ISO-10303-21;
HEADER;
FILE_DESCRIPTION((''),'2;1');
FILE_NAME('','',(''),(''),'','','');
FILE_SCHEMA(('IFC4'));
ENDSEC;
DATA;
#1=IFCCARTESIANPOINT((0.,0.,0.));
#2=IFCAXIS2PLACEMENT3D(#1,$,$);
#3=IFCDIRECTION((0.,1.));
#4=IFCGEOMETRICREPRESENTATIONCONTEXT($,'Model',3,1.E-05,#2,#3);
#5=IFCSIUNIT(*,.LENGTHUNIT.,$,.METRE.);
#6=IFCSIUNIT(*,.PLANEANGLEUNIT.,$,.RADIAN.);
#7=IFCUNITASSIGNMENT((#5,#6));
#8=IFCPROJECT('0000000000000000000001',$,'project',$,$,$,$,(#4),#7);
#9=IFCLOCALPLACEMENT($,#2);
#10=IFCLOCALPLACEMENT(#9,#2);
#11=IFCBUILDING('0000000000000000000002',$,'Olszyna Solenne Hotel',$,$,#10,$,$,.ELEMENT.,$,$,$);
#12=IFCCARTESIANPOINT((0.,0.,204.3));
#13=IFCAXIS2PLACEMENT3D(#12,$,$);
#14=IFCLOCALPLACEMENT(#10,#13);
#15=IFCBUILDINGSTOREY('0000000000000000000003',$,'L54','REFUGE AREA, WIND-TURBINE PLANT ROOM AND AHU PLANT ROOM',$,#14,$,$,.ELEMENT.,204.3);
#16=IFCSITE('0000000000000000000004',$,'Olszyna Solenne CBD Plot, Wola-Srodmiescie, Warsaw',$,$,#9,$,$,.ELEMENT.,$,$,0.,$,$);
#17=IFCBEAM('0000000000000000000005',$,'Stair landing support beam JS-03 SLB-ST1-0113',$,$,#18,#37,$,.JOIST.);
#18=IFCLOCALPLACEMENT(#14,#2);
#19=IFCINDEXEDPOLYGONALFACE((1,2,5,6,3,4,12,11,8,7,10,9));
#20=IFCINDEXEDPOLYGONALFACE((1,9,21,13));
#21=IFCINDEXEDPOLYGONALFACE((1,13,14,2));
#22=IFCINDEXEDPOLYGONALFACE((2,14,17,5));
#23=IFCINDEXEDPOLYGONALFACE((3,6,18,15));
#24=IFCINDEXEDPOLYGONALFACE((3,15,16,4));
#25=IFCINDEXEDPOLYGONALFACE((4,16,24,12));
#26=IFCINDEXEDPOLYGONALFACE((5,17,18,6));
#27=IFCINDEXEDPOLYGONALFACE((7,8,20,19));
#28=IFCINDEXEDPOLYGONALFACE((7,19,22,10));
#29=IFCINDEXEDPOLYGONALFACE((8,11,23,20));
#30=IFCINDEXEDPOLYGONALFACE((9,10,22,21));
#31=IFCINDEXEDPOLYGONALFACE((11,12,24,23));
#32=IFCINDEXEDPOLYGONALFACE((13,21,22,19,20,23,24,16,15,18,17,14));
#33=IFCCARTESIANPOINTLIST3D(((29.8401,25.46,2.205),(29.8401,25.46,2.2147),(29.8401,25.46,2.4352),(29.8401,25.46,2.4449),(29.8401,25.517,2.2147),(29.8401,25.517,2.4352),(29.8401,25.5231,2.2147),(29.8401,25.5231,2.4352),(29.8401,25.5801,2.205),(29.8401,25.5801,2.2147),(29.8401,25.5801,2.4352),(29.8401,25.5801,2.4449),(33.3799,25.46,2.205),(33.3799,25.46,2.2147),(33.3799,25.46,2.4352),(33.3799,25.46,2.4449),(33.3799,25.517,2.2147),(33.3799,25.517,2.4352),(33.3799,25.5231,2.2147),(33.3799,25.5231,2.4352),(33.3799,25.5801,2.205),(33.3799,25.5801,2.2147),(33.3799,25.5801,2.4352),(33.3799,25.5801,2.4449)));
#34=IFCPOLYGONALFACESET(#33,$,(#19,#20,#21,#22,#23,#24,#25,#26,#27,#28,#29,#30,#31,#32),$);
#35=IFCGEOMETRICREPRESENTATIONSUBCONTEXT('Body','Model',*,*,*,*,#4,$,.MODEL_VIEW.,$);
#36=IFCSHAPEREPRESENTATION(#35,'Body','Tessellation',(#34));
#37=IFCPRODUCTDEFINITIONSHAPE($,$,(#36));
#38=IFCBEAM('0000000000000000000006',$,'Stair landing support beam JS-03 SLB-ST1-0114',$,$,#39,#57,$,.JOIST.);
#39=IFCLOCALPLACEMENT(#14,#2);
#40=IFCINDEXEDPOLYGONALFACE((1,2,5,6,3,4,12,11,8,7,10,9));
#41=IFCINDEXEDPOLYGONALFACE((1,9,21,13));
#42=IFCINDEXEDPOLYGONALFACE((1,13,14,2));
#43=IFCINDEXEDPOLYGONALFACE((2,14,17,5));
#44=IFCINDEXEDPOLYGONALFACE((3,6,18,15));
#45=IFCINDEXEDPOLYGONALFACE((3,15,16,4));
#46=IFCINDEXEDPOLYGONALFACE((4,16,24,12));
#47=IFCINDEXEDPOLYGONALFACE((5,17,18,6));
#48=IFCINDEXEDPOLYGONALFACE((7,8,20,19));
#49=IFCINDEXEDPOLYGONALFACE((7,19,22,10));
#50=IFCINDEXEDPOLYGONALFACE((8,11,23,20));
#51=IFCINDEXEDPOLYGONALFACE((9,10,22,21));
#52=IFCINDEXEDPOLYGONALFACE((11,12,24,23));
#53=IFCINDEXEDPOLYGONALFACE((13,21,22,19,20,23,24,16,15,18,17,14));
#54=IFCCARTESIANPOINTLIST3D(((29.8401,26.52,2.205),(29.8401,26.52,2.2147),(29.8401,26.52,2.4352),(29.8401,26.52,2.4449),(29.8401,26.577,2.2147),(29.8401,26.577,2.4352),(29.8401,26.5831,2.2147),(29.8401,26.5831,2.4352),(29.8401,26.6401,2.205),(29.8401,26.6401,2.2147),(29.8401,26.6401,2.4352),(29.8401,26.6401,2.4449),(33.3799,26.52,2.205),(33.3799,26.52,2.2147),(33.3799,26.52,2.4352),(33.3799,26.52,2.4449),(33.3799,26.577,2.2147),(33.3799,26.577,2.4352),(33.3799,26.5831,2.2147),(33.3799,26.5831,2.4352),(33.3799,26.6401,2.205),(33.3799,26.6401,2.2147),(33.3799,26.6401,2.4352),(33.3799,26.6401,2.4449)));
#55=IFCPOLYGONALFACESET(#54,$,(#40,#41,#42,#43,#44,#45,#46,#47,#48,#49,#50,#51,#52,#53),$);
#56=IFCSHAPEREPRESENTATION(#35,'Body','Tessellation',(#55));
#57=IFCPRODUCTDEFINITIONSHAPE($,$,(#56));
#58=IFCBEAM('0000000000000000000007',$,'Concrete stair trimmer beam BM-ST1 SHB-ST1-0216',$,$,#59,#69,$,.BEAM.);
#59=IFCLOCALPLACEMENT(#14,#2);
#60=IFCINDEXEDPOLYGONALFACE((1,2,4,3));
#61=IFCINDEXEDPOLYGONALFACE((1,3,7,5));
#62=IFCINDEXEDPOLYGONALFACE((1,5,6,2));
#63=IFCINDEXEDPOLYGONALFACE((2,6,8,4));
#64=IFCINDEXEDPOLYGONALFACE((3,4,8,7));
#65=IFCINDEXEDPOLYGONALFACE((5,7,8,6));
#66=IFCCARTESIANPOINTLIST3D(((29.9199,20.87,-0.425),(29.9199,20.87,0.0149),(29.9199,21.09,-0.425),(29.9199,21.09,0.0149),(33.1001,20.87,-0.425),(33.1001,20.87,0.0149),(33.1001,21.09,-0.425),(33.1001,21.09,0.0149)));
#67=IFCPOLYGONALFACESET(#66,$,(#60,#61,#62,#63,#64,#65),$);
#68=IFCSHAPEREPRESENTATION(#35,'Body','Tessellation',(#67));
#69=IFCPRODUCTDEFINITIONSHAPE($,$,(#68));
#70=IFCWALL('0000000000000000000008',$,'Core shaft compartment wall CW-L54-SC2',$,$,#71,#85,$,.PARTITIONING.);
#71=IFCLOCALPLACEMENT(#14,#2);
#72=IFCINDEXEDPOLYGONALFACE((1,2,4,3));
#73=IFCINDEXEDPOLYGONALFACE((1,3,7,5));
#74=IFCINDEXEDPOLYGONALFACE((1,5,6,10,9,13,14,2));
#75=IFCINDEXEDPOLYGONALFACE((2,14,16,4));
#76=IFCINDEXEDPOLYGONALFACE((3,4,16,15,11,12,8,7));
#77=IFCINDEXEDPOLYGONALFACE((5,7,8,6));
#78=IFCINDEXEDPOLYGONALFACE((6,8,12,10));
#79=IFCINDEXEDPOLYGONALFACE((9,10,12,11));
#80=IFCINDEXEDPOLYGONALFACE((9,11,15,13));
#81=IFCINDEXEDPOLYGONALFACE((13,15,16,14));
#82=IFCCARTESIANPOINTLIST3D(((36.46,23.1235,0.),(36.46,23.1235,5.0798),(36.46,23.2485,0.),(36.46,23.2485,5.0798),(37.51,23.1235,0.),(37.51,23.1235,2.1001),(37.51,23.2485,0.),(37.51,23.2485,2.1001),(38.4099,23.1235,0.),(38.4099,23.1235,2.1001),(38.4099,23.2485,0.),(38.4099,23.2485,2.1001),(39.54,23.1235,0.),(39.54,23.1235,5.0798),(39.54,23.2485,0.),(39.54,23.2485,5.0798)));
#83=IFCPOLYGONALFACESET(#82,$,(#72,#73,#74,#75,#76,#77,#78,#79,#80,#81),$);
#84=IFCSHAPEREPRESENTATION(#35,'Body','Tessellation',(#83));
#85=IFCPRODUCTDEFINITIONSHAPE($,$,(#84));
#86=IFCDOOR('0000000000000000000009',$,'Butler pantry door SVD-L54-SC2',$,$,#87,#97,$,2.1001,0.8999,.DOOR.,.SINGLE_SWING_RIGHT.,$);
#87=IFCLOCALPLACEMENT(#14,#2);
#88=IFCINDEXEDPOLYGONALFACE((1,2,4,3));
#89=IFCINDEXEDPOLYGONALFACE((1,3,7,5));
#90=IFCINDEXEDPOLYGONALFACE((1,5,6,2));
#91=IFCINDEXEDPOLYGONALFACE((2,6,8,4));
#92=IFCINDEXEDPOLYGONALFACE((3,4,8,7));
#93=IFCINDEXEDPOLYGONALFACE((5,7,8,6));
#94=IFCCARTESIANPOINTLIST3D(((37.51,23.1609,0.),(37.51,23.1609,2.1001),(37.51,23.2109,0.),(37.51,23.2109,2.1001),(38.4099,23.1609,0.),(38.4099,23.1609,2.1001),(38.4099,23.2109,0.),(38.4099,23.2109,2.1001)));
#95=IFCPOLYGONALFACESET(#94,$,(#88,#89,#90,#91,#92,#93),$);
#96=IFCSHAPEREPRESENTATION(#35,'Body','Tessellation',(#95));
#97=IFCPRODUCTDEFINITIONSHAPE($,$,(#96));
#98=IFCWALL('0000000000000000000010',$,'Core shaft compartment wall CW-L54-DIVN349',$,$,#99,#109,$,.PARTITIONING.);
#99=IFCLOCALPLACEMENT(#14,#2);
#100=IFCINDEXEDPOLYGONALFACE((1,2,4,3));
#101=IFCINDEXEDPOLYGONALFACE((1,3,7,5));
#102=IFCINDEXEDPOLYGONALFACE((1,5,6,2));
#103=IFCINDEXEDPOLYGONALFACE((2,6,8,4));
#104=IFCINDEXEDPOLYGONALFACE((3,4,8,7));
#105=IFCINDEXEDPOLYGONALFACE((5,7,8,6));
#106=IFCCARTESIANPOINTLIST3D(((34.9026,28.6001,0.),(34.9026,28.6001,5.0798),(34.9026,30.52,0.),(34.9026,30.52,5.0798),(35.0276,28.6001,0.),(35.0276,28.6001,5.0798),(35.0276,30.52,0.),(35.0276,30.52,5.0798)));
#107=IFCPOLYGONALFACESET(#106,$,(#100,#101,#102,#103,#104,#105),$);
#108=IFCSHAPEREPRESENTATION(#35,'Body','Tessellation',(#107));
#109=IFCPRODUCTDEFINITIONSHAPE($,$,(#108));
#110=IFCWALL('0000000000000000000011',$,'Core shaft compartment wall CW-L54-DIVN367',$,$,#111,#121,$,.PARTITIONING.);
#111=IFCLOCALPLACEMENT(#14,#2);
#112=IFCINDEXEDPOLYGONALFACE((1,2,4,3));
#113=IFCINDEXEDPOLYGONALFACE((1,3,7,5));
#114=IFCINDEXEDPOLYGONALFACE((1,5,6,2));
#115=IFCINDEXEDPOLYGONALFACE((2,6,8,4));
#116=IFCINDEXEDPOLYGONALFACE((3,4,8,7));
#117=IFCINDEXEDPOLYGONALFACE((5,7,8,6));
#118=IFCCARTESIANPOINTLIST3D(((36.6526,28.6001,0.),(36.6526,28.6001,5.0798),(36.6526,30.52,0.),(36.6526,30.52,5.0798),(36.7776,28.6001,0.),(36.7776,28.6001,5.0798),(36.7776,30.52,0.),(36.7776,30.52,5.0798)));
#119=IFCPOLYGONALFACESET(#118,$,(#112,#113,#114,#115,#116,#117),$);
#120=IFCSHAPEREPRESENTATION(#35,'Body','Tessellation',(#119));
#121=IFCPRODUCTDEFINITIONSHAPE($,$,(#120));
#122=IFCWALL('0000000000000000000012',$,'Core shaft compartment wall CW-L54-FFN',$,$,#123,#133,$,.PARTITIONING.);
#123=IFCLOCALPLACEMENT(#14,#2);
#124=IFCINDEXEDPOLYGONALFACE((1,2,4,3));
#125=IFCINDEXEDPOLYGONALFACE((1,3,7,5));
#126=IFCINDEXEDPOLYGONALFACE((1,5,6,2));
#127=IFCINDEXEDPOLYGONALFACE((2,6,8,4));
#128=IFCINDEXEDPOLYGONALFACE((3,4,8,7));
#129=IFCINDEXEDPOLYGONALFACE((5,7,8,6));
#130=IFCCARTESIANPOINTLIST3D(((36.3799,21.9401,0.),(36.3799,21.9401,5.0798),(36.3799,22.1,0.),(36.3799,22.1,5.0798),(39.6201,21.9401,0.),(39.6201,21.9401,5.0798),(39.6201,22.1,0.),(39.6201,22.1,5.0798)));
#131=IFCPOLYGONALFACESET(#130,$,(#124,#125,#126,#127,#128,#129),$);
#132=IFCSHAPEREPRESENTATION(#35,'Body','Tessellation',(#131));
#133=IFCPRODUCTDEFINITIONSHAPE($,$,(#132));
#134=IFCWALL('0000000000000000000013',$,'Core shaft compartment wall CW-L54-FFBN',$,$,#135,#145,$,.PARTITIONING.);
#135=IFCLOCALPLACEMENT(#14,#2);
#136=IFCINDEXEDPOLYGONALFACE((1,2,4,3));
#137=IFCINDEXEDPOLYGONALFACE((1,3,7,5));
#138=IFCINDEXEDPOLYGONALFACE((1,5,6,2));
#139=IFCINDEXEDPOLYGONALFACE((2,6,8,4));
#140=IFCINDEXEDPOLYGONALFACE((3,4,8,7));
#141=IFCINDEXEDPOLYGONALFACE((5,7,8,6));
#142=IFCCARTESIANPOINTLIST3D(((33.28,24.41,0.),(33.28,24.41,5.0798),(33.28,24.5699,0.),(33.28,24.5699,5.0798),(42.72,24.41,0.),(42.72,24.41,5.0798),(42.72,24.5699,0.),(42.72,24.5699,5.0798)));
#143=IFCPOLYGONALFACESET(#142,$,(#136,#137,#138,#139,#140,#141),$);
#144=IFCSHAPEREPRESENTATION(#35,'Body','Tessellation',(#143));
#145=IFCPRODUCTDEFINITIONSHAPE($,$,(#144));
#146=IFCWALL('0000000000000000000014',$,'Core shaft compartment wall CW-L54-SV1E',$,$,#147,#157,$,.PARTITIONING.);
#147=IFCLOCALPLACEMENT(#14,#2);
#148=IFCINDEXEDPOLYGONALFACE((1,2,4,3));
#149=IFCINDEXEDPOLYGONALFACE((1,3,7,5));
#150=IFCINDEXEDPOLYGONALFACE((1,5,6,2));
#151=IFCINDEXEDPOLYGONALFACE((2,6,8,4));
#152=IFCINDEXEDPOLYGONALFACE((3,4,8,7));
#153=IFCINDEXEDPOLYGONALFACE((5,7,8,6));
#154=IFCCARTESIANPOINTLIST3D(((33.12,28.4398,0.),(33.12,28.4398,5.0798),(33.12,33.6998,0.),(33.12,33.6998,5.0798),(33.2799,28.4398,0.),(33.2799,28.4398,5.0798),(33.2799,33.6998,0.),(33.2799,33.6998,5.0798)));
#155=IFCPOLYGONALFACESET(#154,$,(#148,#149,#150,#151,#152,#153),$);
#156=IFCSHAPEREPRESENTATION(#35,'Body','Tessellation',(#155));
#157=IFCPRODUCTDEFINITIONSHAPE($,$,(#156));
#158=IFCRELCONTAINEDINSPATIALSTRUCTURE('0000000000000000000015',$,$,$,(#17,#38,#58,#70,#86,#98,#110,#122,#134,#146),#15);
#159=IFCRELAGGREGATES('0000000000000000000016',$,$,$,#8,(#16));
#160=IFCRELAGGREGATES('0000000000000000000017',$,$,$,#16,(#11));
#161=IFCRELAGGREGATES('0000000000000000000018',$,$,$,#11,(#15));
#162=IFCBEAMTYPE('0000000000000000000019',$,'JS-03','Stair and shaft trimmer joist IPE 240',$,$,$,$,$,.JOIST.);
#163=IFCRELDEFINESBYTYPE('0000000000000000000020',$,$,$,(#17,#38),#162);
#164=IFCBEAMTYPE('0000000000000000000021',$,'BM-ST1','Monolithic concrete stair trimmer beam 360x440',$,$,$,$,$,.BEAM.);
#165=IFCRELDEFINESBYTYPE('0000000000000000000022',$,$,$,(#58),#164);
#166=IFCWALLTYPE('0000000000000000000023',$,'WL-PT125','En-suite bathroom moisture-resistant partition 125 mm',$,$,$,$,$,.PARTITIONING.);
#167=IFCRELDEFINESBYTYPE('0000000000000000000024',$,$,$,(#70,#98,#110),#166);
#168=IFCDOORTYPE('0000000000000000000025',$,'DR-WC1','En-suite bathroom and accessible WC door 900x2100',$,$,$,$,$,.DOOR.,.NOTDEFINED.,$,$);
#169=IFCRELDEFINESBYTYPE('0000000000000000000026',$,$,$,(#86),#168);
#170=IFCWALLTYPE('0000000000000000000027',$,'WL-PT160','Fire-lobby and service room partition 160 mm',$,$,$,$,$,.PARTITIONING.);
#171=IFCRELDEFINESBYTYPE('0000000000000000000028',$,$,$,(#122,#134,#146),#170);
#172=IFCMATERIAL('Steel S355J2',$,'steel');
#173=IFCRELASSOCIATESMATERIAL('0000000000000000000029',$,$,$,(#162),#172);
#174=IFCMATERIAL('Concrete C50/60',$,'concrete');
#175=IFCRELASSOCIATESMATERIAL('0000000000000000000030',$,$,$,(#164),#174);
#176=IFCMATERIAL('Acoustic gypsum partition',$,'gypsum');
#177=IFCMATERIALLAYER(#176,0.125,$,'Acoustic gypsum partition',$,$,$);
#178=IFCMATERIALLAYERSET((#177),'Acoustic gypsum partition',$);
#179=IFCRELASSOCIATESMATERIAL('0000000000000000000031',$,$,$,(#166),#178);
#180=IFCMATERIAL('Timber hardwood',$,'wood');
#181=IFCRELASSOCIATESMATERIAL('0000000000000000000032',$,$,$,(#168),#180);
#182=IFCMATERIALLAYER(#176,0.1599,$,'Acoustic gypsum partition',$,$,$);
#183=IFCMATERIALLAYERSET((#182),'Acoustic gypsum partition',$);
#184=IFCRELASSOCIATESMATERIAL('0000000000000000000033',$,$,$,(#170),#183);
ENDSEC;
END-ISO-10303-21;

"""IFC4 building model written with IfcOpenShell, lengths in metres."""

from ifc_helpers import new_model, si_unit, direction, frame, frame_2d, origin, origin_2d, place, context, subcontext, project, spatial, rectangle, i_section, extrude, source, transform, mapped, material, layer, layer_set, material_profile, profile_set, type_object, type_shapes, element, fill, save


model = new_model("IFC4")

# Units and contexts
model_context = context("Model", 3, precision=1e-05, world=origin(), true_north=direction((0.0, 1.0)))
body_context = subcontext(model_context, "Body", "Model", "MODEL_VIEW")
ifc_project = project(units=[si_unit("LENGTHUNIT", "METRE"), si_unit("PLANEANGLEUNIT", "RADIAN")], contexts=[model_context])

# Site, building, storey
site_placement = place(None, origin())
site = spatial("IfcSite", under=ifc_project, at=site_placement, Name="Olszyna Solenne CBD Plot, Wola-Srodmiescie, Warsaw", CompositionType="ELEMENT", RefElevation=0.0)
building_placement = place(site_placement, origin())
building = spatial("IfcBuilding", under=site, at=building_placement, Name="Olszyna Solenne Hotel", CompositionType="ELEMENT")
storey_placement = place(building_placement, frame((0.0, 0.0, 204.3)))
storey = spatial("IfcBuildingStorey", under=building, at=storey_placement, Name="L54", Description="REFUGE AREA, WIND-TURBINE PLANT ROOM AND AHU PLANT ROOM", CompositionType="ELEMENT", Elevation=204.3)

# Beams
ifc_material_1 = material(Name="Steel S355J2", Category="steel")
ifc_material_profile_1 = material_profile(ifc_material_1, i_section(OverallWidth=0.1201, OverallDepth=0.24, WebThickness=0.0061, FlangeThickness=0.0098, at=origin_2d()), Name="IPE 240", Category="load-bearing")
ifc_profile_set_1 = profile_set([ifc_material_profile_1], Name="Steel S355J2")
beam_type_1 = type_object("IfcBeamType", Name="JS-03", Description="Stair and shaft trimmer joist IPE 240", PredefinedType="JOIST", material=ifc_profile_set_1)
shared_shape_1 = source(origin(), body_context, "Body", "SweptSolid", [
    extrude(i_section(OverallWidth=0.1201, OverallDepth=0.24, WebThickness=0.0061, FlangeThickness=0.0098, at=origin_2d()), origin(), (0.0, 0.0, 1.0), 3.5398),
])
for number, where, z_axis, x_axis, name in (
    (1, (33.3799, 25.52, 2.325), (-1.0, 0.0, 0.0), (0.0, -1.0, 0.0), "Stair landing support beam JS-03 SLB-ST1-0113"),
    (2, (33.3799, 26.5801, 2.325), (-1.0, 0.0, 0.0), (0.0, -1.0, 0.0), "Stair landing support beam JS-03 SLB-ST1-0114"),
):
    element("IfcBeam", number, at=place(storey_placement, frame(where, z_axis=z_axis, x_axis=x_axis)), inside=storey, type_object=beam_type_1, Name=name, PredefinedType="JOIST", context=body_context, shape_type="MappedRepresentation", body=[
        mapped(shared_shape_1, transform((0.0, 0.0, 0.0), x_axis=(1.0, 0.0, 0.0), y_axis=(0.0, 1.0, 0.0), z_axis=(0.0, 0.0, 1.0), scale=1.0)),
    ])
ifc_material_2 = material(Name="Concrete C50/60", Category="concrete")
ifc_material_profile_2 = material_profile(ifc_material_2, rectangle(XDim=0.22, YDim=0.4399, at=origin_2d()), Name="RC 220x440", Category="load-bearing")
ifc_profile_set_2 = profile_set([ifc_material_profile_2], Name="Concrete C50/60")
beam_type_2 = type_object("IfcBeamType", Name="BM-ST1", Description="Monolithic concrete stair trimmer beam 360x440", PredefinedType="BEAM", material=ifc_profile_set_2)
shared_shape_2 = source(origin(), body_context, "Body", "SweptSolid", [
    extrude(rectangle(XDim=0.22, YDim=0.4399, at=origin_2d()), origin(), (0.0, 0.0, 1.0), 3.1802),
])
beam_placement = place(storey_placement, frame((33.1001, 20.98, -0.2051), z_axis=(-1.0, 0.0, 0.0), x_axis=(0.0, -1.0, 0.0)))
element("IfcBeam", 3, at=beam_placement, inside=storey, type_object=beam_type_2, Name="Concrete stair trimmer beam BM-ST1 SHB-ST1-0216", PredefinedType="BEAM", context=body_context, shape_type="MappedRepresentation", body=[
    mapped(shared_shape_2, transform((0.0, 0.0, 0.0), x_axis=(1.0, 0.0, 0.0), y_axis=(0.0, 1.0, 0.0), z_axis=(0.0, 0.0, 1.0), scale=1.0)),
])

# Wall, opening, door
ifc_material_3 = material(Name="Acoustic gypsum partition", Category="gypsum")
ifc_layer_1 = layer(ifc_material_3, 0.125, Name="Acoustic gypsum partition")
ifc_layer_set_1 = layer_set([ifc_layer_1], Name="Acoustic gypsum partition")
wall_type_1 = type_object("IfcWallType", Name="WL-PT125", Description="En-suite bathroom moisture-resistant partition 125 mm", PredefinedType="PARTITIONING", material=ifc_layer_set_1)
wall_1_placement = place(storey_placement, frame((36.46, 23.186, 0.0), z_axis=(0.0, 0.0, 1.0), x_axis=(1.0, 0.0, 0.0)))
wall_1 = element("IfcWall", 4, at=wall_1_placement, inside=storey, type_object=wall_type_1, Name="Core shaft compartment wall CW-L54-SC2", PredefinedType="PARTITIONING", context=body_context, shape_type="SweptSolid", body=[
    extrude(rectangle(XDim=3.0801, YDim=0.125, at=frame_2d((1.54, 0.0))), origin(), (0.0, 0.0, 1.0), 5.0798),
])
opening_1_placement = place(wall_1_placement, frame((1.05, 0.0, 0.0)))
opening_1 = element("IfcOpeningElement", 5, at=opening_1_placement, cuts=wall_1, PredefinedType="OPENING", context=body_context, shape_type="SweptSolid", body=[
    extrude(rectangle(XDim=0.8999, YDim=2.1001, at=frame_2d((0.45, 1.05))), frame((0.0, 0.0725, 0.0), z_axis=(0.0, -1.0, 0.0), x_axis=(1.0, 0.0, 0.0)), (0.0, 0.0, 1.0), 0.145),
])
ifc_material_4 = material(Name="Timber hardwood", Category="wood")
door_type_1 = type_object("IfcDoorType", Name="DR-WC1", Description="En-suite bathroom and accessible WC door 900x2100", OperationType="NOTDEFINED", PredefinedType="DOOR", material=ifc_material_4)
shared_shape_3 = source(origin(), body_context, "Body", "SweptSolid", [
    extrude(rectangle(XDim=0.8999, YDim=2.1001, at=frame_2d((0.45, 1.05))), frame((0.0, 0.0249, 0.0), z_axis=(0.0, -1.0, 0.0), x_axis=(1.0, 0.0, 0.0)), (0.0, 0.0, 1.0), 0.05),
])
type_shapes(door_type_1, [shared_shape_3])
door_1_placement = place(opening_1_placement, origin())
door_1 = element("IfcDoor", 6, at=door_1_placement, inside=storey, type_object=door_type_1, Name="Butler pantry door SVD-L54-SC2", OperationType="SINGLE_SWING_RIGHT", OverallHeight=2.1001, OverallWidth=0.8999, PredefinedType="DOOR", context=body_context, shape_type="MappedRepresentation", body=[
    mapped(shared_shape_3, transform((0.0, 0.0, 0.0), x_axis=(1.0, 0.0, 0.0), y_axis=(0.0, 1.0, 0.0), z_axis=(0.0, 0.0, 1.0), scale=1.0)),
])
fill(opening_1, door_1)

# Walls
for number, where, z_axis, x_axis, name in (
    (7, (34.9651, 28.6001, 0.0), (0.0, 0.0, 1.0), (0.0, 1.0, 0.0), "Core shaft compartment wall CW-L54-DIVN349"),
    (8, (36.7151, 28.6001, 0.0), (0.0, 0.0, 1.0), (0.0, 1.0, 0.0), "Core shaft compartment wall CW-L54-DIVN367"),
):
    element("IfcWall", number, at=place(storey_placement, frame(where, z_axis=z_axis, x_axis=x_axis)), inside=storey, type_object=wall_type_1, Name=name, PredefinedType="PARTITIONING", context=body_context, shape_type="SweptSolid", body=[
        extrude(rectangle(XDim=1.9199, YDim=0.125, at=frame_2d((0.96, 0.0))), origin(), (0.0, 0.0, 1.0), 5.0798),
    ])
ifc_layer_2 = layer(ifc_material_3, 0.1599, Name="Acoustic gypsum partition")
ifc_layer_set_2 = layer_set([ifc_layer_2], Name="Acoustic gypsum partition")
wall_type_2 = type_object("IfcWallType", Name="WL-PT160", Description="Fire-lobby and service room partition 160 mm", PredefinedType="PARTITIONING", material=ifc_layer_set_2)
wall_2_placement = place(storey_placement, frame((36.3799, 22.02, 0.0), z_axis=(0.0, 0.0, 1.0), x_axis=(1.0, 0.0, 0.0)))
element("IfcWall", 9, at=wall_2_placement, inside=storey, type_object=wall_type_2, Name="Core shaft compartment wall CW-L54-FFN", PredefinedType="PARTITIONING", context=body_context, shape_type="SweptSolid", body=[
    extrude(rectangle(XDim=3.2402, YDim=0.1599, at=frame_2d((1.6201, 0.0))), origin(), (0.0, 0.0, 1.0), 5.0798),
])
wall_3_placement = place(storey_placement, frame((33.28, 24.49, 0.0), z_axis=(0.0, 0.0, 1.0), x_axis=(1.0, 0.0, 0.0)))
element("IfcWall", 10, at=wall_3_placement, inside=storey, type_object=wall_type_2, Name="Core shaft compartment wall CW-L54-FFBN", PredefinedType="PARTITIONING", context=body_context, shape_type="SweptSolid", body=[
    extrude(rectangle(XDim=9.4399, YDim=0.1599, at=frame_2d((4.72, 0.0))), origin(), (0.0, 0.0, 1.0), 5.0798),
])
wall_4_placement = place(storey_placement, frame((33.2, 28.4399, 0.0), z_axis=(0.0, 0.0, 1.0), x_axis=(0.0, 1.0, 0.0)))
element("IfcWall", 11, at=wall_4_placement, inside=storey, type_object=wall_type_2, Name="Core shaft compartment wall CW-L54-SV1E", PredefinedType="PARTITIONING", context=body_context, shape_type="SweptSolid", body=[
    extrude(rectangle(XDim=5.26, YDim=0.1599, at=frame_2d((2.6299, 0.0))), origin(), (0.0, 0.0, 1.0), 5.0798),
])

save(model, "model.ifc")
